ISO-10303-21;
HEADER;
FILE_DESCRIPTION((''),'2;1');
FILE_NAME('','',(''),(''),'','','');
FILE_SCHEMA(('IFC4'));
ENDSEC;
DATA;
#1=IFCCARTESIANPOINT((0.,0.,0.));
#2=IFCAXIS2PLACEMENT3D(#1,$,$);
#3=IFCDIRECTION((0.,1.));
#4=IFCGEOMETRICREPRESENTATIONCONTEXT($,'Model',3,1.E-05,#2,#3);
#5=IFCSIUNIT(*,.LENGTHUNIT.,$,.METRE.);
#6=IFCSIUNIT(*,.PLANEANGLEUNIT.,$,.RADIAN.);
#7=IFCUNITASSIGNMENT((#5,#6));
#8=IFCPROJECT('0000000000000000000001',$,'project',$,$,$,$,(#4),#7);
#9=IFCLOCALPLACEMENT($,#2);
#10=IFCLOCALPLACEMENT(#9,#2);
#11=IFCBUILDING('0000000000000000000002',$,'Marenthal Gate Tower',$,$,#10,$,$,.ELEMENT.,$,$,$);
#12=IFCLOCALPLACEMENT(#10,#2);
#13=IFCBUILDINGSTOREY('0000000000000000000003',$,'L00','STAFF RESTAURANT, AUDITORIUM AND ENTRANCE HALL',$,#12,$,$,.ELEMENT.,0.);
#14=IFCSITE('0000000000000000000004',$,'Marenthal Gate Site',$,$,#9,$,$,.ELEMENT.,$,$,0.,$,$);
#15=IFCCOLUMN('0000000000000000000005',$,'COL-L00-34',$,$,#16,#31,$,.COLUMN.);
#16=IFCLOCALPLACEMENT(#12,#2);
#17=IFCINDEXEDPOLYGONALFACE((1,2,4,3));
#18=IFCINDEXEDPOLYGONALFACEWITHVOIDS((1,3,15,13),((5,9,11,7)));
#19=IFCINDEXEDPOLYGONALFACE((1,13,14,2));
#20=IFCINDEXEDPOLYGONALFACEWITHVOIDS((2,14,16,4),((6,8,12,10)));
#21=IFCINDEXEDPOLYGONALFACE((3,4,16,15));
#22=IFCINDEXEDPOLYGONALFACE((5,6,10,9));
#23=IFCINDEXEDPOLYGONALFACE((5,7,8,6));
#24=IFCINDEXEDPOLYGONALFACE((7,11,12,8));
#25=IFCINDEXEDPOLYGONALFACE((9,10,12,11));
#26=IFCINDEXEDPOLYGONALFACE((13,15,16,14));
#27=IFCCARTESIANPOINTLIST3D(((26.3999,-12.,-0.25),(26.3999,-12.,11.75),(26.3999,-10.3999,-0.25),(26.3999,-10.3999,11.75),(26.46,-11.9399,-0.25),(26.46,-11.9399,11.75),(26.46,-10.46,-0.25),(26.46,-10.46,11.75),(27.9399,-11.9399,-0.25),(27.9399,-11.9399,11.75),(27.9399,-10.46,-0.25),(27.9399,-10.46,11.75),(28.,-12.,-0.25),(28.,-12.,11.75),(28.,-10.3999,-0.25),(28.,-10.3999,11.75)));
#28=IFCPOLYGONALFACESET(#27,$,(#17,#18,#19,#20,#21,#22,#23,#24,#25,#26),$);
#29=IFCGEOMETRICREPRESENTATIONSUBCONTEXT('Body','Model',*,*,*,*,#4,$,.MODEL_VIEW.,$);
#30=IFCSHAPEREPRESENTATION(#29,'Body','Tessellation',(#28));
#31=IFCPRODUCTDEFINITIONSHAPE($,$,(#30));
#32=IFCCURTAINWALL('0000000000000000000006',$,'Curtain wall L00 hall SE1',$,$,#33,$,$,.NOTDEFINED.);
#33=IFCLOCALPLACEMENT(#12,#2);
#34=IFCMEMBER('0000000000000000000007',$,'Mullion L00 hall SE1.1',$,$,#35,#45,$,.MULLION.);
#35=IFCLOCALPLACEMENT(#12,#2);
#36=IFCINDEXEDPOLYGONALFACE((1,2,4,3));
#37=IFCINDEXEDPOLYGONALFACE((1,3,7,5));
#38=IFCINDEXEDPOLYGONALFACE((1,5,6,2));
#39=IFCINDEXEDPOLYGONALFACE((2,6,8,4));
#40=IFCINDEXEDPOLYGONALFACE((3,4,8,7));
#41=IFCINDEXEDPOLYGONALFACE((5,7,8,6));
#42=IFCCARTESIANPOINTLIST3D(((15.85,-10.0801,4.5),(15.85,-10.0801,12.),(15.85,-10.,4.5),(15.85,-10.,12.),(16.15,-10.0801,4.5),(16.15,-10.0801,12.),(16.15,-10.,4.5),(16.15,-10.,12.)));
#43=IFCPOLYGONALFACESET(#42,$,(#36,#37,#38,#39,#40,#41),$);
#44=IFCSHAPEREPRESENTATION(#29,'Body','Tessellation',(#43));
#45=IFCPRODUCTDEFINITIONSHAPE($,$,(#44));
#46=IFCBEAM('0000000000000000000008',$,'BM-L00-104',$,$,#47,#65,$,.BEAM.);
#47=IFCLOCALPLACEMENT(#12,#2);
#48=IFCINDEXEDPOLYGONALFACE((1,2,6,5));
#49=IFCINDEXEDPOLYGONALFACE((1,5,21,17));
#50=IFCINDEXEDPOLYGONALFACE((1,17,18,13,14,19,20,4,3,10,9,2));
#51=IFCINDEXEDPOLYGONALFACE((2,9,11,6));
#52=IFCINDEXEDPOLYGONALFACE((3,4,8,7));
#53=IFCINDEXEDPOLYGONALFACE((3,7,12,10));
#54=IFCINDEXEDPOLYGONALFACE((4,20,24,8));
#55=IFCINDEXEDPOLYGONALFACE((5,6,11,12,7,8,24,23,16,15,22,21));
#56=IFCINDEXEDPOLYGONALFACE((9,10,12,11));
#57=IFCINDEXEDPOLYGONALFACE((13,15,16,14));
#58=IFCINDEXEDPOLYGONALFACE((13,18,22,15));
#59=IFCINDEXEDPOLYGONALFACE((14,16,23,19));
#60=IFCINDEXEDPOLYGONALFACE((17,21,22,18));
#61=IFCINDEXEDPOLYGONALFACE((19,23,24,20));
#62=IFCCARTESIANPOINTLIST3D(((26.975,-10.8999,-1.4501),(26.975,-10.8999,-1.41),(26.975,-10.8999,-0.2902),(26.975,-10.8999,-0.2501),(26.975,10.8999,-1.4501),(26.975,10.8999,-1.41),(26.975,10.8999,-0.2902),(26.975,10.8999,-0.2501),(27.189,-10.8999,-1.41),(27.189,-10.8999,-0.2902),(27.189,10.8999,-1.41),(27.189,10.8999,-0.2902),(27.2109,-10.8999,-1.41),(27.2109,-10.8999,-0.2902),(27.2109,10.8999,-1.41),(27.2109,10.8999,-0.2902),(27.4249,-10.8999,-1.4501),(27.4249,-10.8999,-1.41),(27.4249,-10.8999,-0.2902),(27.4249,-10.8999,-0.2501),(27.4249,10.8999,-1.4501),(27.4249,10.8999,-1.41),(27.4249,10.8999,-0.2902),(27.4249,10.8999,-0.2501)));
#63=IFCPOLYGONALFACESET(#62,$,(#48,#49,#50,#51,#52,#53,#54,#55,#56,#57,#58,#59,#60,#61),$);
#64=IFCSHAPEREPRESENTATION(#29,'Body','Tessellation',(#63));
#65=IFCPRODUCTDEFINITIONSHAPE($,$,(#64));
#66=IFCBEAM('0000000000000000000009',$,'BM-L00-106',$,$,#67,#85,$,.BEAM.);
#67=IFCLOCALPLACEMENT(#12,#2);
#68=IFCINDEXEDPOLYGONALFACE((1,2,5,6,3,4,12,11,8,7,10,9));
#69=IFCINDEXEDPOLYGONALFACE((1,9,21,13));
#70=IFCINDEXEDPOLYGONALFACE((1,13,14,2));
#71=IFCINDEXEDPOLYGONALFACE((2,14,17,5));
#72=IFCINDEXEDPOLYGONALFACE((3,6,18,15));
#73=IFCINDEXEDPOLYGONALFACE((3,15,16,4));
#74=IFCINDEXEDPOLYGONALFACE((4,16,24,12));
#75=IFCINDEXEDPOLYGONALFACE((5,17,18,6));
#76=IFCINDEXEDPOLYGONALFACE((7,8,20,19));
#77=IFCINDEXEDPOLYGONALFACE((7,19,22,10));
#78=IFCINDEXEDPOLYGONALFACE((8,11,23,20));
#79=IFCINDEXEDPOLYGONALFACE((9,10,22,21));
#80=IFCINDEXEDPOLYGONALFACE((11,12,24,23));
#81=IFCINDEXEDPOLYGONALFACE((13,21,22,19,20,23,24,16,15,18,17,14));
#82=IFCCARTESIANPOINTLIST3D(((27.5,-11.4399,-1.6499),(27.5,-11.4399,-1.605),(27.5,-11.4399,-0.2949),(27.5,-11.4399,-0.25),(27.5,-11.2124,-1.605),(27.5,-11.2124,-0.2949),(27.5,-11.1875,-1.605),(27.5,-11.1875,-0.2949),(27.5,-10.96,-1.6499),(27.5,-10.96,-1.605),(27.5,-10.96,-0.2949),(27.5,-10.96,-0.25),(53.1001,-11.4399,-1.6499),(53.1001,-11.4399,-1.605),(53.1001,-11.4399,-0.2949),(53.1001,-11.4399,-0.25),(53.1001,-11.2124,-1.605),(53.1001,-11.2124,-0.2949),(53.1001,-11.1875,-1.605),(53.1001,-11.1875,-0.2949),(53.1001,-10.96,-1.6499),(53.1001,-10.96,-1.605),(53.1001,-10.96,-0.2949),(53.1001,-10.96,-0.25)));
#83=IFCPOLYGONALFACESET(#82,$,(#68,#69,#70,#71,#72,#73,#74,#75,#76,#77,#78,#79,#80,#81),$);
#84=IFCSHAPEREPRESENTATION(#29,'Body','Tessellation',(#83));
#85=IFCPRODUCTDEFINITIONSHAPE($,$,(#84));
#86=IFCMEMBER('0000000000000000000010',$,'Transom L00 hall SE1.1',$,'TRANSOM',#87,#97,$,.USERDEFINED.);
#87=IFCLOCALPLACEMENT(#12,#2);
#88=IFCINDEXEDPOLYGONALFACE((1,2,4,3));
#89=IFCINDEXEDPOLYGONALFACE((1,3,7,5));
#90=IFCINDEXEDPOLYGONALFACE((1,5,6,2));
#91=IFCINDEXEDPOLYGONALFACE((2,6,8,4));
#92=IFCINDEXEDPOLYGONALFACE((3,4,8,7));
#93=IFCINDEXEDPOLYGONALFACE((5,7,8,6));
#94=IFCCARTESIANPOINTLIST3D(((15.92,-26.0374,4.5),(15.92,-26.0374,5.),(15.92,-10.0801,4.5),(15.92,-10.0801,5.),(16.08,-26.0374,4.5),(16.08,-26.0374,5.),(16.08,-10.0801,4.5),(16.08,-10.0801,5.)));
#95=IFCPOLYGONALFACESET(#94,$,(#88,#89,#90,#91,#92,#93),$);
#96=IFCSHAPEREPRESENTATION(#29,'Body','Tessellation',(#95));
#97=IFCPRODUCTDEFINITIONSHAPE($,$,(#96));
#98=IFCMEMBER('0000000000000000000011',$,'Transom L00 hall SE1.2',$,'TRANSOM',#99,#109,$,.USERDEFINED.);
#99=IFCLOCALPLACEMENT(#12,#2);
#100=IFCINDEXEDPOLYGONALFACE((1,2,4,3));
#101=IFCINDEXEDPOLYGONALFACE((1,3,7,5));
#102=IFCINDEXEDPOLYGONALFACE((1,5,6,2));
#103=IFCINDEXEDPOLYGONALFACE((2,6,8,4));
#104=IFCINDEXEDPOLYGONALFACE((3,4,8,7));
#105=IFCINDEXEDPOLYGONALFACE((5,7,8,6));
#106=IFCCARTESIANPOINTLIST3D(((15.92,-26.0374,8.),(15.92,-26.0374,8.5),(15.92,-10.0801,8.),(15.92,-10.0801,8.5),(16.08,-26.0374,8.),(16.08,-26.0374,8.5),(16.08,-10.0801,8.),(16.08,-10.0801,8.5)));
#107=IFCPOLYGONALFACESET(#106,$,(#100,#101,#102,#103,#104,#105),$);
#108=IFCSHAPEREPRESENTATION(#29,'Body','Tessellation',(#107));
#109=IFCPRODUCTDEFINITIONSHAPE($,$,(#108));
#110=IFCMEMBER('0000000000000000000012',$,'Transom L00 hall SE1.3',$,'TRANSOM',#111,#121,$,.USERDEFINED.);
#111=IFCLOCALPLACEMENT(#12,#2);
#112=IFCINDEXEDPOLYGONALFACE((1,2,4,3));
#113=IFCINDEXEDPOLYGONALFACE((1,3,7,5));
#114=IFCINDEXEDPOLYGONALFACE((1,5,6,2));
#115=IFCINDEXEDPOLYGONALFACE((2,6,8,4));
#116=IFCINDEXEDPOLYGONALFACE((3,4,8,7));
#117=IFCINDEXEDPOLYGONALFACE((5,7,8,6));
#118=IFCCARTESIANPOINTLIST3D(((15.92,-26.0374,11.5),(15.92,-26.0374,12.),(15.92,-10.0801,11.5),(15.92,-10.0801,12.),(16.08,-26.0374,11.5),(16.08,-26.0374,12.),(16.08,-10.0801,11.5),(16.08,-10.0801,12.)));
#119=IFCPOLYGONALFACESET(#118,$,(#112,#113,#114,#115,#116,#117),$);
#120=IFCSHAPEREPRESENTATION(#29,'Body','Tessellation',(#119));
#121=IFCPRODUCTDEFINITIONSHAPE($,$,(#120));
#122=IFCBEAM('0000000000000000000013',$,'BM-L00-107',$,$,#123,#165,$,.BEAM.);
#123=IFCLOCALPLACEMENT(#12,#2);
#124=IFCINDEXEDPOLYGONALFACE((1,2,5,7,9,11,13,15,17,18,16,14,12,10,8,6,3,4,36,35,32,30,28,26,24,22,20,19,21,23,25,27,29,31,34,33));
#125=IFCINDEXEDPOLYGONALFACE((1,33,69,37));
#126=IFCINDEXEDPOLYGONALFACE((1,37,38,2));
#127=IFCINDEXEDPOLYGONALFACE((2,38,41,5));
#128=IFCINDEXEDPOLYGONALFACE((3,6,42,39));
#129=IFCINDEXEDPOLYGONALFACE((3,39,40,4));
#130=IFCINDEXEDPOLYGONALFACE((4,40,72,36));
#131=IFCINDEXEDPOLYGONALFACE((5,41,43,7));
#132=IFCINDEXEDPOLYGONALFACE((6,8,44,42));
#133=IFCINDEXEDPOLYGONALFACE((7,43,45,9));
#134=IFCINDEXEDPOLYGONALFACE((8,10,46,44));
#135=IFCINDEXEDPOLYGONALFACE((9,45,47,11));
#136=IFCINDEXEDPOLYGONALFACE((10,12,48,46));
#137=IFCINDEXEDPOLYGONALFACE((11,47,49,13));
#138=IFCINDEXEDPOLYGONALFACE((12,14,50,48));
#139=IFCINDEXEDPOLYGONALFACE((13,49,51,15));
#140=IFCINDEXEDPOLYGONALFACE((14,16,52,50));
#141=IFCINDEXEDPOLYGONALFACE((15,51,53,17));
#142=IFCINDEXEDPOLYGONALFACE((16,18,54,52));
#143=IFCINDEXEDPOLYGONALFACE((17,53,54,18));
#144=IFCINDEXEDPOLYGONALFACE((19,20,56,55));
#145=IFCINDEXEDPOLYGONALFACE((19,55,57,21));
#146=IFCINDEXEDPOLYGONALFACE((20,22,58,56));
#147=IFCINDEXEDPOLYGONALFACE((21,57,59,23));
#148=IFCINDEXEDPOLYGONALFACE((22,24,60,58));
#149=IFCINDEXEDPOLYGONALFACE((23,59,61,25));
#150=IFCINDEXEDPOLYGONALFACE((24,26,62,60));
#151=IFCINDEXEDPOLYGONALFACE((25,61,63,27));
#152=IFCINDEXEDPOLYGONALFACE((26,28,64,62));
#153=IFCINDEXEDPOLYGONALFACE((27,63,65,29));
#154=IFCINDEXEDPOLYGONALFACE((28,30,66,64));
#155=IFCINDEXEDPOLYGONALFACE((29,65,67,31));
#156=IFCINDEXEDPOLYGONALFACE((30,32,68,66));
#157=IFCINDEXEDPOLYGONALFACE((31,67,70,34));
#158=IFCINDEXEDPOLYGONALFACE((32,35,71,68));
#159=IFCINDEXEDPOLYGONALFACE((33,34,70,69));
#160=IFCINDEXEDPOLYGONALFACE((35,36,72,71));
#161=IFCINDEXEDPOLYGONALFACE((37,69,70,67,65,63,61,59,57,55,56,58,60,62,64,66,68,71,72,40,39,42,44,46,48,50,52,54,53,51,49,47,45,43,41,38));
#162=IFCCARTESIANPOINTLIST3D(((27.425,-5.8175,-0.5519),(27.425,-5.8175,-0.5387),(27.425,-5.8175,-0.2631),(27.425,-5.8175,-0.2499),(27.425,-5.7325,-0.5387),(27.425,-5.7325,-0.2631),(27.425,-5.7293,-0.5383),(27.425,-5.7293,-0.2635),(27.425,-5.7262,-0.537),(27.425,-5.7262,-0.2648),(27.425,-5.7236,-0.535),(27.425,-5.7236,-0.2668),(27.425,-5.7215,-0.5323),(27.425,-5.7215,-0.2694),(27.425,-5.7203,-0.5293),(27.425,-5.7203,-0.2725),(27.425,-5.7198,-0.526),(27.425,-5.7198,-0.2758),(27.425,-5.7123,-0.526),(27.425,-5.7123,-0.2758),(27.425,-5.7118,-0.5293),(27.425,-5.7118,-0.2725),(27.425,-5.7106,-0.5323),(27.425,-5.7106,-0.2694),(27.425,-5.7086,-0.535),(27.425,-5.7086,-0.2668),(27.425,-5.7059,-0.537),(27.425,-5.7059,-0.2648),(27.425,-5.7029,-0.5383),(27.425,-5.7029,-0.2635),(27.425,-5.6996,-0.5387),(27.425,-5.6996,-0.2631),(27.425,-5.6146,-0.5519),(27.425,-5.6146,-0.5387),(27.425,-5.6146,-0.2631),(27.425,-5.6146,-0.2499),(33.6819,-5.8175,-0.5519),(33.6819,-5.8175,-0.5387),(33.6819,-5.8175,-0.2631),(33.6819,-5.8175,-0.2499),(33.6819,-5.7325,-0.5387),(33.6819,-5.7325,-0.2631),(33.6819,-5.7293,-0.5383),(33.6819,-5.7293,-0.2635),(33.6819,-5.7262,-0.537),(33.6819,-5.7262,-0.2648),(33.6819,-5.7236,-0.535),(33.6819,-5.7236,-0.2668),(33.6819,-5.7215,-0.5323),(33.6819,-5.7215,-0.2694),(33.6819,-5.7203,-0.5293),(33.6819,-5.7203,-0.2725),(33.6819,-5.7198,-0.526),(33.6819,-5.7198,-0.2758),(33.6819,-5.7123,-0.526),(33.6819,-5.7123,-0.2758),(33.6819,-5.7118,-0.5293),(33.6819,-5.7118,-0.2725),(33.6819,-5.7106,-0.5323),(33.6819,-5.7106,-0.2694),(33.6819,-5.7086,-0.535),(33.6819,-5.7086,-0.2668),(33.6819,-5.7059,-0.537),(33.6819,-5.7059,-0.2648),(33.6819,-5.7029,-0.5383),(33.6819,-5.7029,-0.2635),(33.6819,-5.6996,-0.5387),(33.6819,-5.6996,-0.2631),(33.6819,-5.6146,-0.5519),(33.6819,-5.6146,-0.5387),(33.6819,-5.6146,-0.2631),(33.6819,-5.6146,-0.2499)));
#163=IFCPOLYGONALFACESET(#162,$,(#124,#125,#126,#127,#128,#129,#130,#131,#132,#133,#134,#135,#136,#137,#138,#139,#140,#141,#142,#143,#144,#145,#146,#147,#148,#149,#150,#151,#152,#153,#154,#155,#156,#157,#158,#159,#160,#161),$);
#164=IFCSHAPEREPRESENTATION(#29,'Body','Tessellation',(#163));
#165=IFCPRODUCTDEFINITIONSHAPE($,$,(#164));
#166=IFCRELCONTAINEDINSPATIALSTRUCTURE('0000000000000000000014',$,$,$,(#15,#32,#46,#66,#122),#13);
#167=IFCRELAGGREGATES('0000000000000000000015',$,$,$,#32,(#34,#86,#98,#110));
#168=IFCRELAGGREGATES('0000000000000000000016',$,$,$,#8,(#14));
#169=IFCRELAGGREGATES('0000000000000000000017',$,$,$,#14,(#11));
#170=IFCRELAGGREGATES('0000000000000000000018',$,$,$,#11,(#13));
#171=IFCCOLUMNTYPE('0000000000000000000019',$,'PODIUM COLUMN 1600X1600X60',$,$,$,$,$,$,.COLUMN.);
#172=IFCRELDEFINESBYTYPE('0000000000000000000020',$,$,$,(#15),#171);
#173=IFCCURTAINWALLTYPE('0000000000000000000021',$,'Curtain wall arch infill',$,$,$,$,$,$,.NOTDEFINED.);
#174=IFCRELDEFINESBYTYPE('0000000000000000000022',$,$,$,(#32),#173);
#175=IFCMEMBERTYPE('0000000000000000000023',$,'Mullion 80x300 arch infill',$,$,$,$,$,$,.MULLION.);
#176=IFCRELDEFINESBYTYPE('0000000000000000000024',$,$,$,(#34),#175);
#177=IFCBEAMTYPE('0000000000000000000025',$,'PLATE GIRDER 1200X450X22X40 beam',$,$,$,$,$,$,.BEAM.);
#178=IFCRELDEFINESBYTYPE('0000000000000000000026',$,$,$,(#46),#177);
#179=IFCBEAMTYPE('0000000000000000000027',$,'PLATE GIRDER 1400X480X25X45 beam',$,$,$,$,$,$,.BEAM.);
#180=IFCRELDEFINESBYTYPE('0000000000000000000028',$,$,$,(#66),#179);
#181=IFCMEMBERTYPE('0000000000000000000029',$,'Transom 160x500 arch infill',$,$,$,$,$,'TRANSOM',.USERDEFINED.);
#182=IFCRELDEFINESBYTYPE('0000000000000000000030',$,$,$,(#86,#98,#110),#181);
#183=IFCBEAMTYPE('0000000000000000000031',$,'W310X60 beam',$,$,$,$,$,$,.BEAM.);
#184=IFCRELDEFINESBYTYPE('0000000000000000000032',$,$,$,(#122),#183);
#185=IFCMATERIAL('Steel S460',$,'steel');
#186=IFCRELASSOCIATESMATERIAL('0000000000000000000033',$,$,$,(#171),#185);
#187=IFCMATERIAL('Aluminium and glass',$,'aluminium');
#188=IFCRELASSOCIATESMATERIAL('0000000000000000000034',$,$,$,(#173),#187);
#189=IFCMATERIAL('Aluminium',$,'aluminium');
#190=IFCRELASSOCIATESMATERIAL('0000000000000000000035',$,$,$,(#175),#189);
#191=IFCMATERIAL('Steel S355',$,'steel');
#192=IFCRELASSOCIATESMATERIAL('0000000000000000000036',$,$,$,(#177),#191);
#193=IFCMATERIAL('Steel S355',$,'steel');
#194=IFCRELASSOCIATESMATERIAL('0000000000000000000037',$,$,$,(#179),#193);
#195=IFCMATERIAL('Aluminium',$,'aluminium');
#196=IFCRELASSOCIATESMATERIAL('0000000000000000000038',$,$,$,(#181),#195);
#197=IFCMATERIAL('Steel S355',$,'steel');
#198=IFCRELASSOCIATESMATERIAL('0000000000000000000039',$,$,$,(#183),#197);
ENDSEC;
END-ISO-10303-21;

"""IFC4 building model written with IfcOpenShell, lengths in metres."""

from ifc_helpers import new_model, si_unit, direction, frame, origin, origin_2d, place, context, subcontext, project, spatial, rectangle, hollow_rectangle, i_section, extrude, material, material_profile, profile_set, type_object, element, aggregate, save


model = new_model("IFC4")

# Units and contexts
model_context = context("Model", 3, precision=1e-05, world=origin(), true_north=direction((0.0, 1.0)))
body_context = subcontext(model_context, "Body", "Model", "MODEL_VIEW")
ifc_project = project(units=[si_unit("LENGTHUNIT", "METRE"), si_unit("PLANEANGLEUNIT", "RADIAN")], contexts=[model_context])

# Site, building, storey
site_placement = place(None, origin())
site = spatial("IfcSite", under=ifc_project, at=site_placement, Name="Marenthal Gate Site", CompositionType="ELEMENT", RefElevation=0.0)
building_placement = place(site_placement, origin())
building = spatial("IfcBuilding", under=site, at=building_placement, Name="Marenthal Gate Tower", CompositionType="ELEMENT")
storey_placement = place(building_placement, origin())
storey = spatial("IfcBuildingStorey", under=building, at=storey_placement, Name="L00", Description="STAFF RESTAURANT, AUDITORIUM AND ENTRANCE HALL", CompositionType="ELEMENT", Elevation=0.0)

# Column
ifc_material_1 = material(Name="Steel S460", Category="steel")
ifc_material_profile_1 = material_profile(ifc_material_1, hollow_rectangle(XDim=1.6001, YDim=1.6001, WallThickness=0.0601, at=origin_2d()), Name="CFT BOX 1600X1600X60")
ifc_material_2 = material(Name="Concrete 70 MPa", Category="concrete")
ifc_material_profile_2 = material_profile(ifc_material_2, rectangle(XDim=1.48, YDim=1.48, at=origin_2d()), Name="CFT BOX 1600X1600X60 INFILL")
ifc_profile_set_1 = profile_set([ifc_material_profile_1, ifc_material_profile_2], Name="Steel S460 shell, Concrete 70 MPa infill")
column_type = type_object("IfcColumnType", Name="PODIUM COLUMN 1600X1600X60", PredefinedType="COLUMN", material=ifc_profile_set_1)
column_placement = place(storey_placement, frame((27.2, -11.2, -0.25), z_axis=(0.0, 0.0, 1.0), x_axis=(1.0, 0.0, 0.0)))
element("IfcColumn", 1, at=column_placement, inside=storey, type_object=column_type, Name="COL-L00-34", PredefinedType="COLUMN", context=body_context, shape_type="SweptSolid", body=[
    extrude(hollow_rectangle(XDim=1.6001, YDim=1.6001, WallThickness=0.0601, at=origin_2d()), origin(), (0.0, 0.0, 1.0), 12.0),
])

# Curtain wall, member
ifc_material_3 = material(Name="Aluminium and glass", Category="aluminium")
curtain_wall_type = type_object("IfcCurtainWallType", Name="Curtain wall arch infill", PredefinedType="NOTDEFINED", material=ifc_material_3)
curtain_wall_placement = place(storey_placement, origin())
curtain_wall = element("IfcCurtainWall", 2, at=curtain_wall_placement, inside=storey, type_object=curtain_wall_type, Name="Curtain wall L00 hall SE1", PredefinedType="NOTDEFINED")
ifc_material_4 = material(Name="Aluminium", Category="aluminium")
ifc_material_profile_3 = material_profile(ifc_material_4, rectangle(XDim=0.3, YDim=0.0801, at=origin_2d()), Name="80x300 aluminium mullion")
ifc_profile_set_2 = profile_set([ifc_material_profile_3], Name="Aluminium")
member_type_1 = type_object("IfcMemberType", Name="Mullion 80x300 arch infill", PredefinedType="MULLION", material=ifc_profile_set_2)
member_1_placement = place(storey_placement, frame((16.0, -10.04, 4.5), z_axis=(0.0, 0.0, 1.0), x_axis=(1.0, 0.0, 0.0)))
member_1 = element("IfcMember", 3, at=member_1_placement, type_object=member_type_1, Name="Mullion L00 hall SE1.1", PredefinedType="MULLION", context=body_context, shape_type="SweptSolid", body=[
    extrude(rectangle(XDim=0.3, YDim=0.0801, at=origin_2d()), origin(), (0.0, 0.0, 1.0), 7.5),
])

# Beams
ifc_material_5 = material(Name="Steel S355", Category="steel")
ifc_material_profile_4 = material_profile(ifc_material_5, i_section(OverallWidth=0.45, OverallDepth=1.2, WebThickness=0.022, FlangeThickness=0.04, at=origin_2d()), Name="PLATE GIRDER 1200X450X22X40")
ifc_profile_set_3 = profile_set([ifc_material_profile_4], Name="Steel S355")
beam_type_1 = type_object("IfcBeamType", Name="PLATE GIRDER 1200X450X22X40 beam", PredefinedType="BEAM", material=ifc_profile_set_3)
beam_1_placement = place(storey_placement, frame((27.2, -10.8999, -0.8501), z_axis=(0.0, 1.0, 0.0), x_axis=(-1.0, 0.0, 0.0)))
element("IfcBeam", 4, at=beam_1_placement, inside=storey, type_object=beam_type_1, Name="BM-L00-104", PredefinedType="BEAM", context=body_context, shape_type="SweptSolid", body=[
    extrude(i_section(OverallWidth=0.45, OverallDepth=1.2, WebThickness=0.022, FlangeThickness=0.04, at=origin_2d()), origin(), (0.0, 0.0, 1.0), 21.7998),
])
ifc_material_6 = material(Name="Steel S355", Category="steel")
ifc_material_profile_5 = material_profile(ifc_material_6, i_section(OverallWidth=0.48, OverallDepth=1.3999, WebThickness=0.0249, FlangeThickness=0.0449, at=origin_2d()), Name="PLATE GIRDER 1400X480X25X45")
ifc_profile_set_4 = profile_set([ifc_material_profile_5], Name="Steel S355")
beam_type_2 = type_object("IfcBeamType", Name="PLATE GIRDER 1400X480X25X45 beam", PredefinedType="BEAM", material=ifc_profile_set_4)
beam_2_placement = place(storey_placement, frame((27.5, -11.2, -0.95), z_axis=(1.0, 0.0, 0.0), x_axis=(0.0, 1.0, 0.0)))
element("IfcBeam", 5, at=beam_2_placement, inside=storey, type_object=beam_type_2, Name="BM-L00-106", PredefinedType="BEAM", context=body_context, shape_type="SweptSolid", body=[
    extrude(i_section(OverallWidth=0.48, OverallDepth=1.3999, WebThickness=0.0249, FlangeThickness=0.0449, at=origin_2d()), origin(), (0.0, 0.0, 1.0), 25.6001),
])

# Members
ifc_material_7 = material(Name="Aluminium", Category="aluminium")
ifc_material_profile_6 = material_profile(ifc_material_7, rectangle(XDim=0.1599, YDim=0.5, at=origin_2d()), Name="160x500 aluminium transom")
ifc_profile_set_5 = profile_set([ifc_material_profile_6], Name="Aluminium")
member_type_2 = type_object("IfcMemberType", Name="Transom 160x500 arch infill", ElementType="TRANSOM", PredefinedType="USERDEFINED", material=ifc_profile_set_5)
member_2_placement = place(storey_placement, frame((16.0, -10.0801, 4.75), z_axis=(0.0, -1.0, 0.0), x_axis=(1.0, 0.0, 0.0)))
member_2 = element("IfcMember", 6, at=member_2_placement, type_object=member_type_2, Name="Transom L00 hall SE1.1", ObjectType="TRANSOM", PredefinedType="USERDEFINED", context=body_context, shape_type="SweptSolid", body=[
    extrude(rectangle(XDim=0.1599, YDim=0.5, at=origin_2d()), origin(), (0.0, 0.0, 1.0), 15.9573),
])
member_3_placement = place(storey_placement, frame((16.0, -10.0801, 8.25), z_axis=(0.0, -1.0, 0.0), x_axis=(1.0, 0.0, 0.0)))
member_3 = element("IfcMember", 7, at=member_3_placement, type_object=member_type_2, Name="Transom L00 hall SE1.2", ObjectType="TRANSOM", PredefinedType="USERDEFINED", context=body_context, shape_type="SweptSolid", body=[
    extrude(rectangle(XDim=0.1599, YDim=0.5, at=origin_2d()), origin(), (0.0, 0.0, 1.0), 15.9573),
])
member_4_placement = place(storey_placement, frame((16.0, -10.0801, 11.75), z_axis=(0.0, -1.0, 0.0), x_axis=(1.0, 0.0, 0.0)))
member_4 = element("IfcMember", 8, at=member_4_placement, type_object=member_type_2, Name="Transom L00 hall SE1.3", ObjectType="TRANSOM", PredefinedType="USERDEFINED", context=body_context, shape_type="SweptSolid", body=[
    extrude(rectangle(XDim=0.1599, YDim=0.5, at=origin_2d()), origin(), (0.0, 0.0, 1.0), 15.9573),
])
aggregate(curtain_wall, [member_1, member_2, member_3, member_4])

# Beam
ifc_material_8 = material(Name="Steel S355", Category="steel")
ifc_material_profile_7 = material_profile(ifc_material_8, i_section(OverallWidth=0.2029, OverallDepth=0.302, WebThickness=0.0076, FlangeThickness=0.0132, FilletRadius=0.0127, at=origin_2d()), Name="W310X60")
ifc_profile_set_6 = profile_set([ifc_material_profile_7], Name="Steel S355")
beam_type_3 = type_object("IfcBeamType", Name="W310X60 beam", PredefinedType="BEAM", material=ifc_profile_set_6)
beam_3_placement = place(storey_placement, frame((27.425, -5.7161, -0.4009), z_axis=(1.0, 0.0, 0.0), x_axis=(0.0, 1.0, 0.0)))
element("IfcBeam", 9, at=beam_3_placement, inside=storey, type_object=beam_type_3, Name="BM-L00-107", PredefinedType="BEAM", context=body_context, shape_type="SweptSolid", body=[
    extrude(i_section(OverallWidth=0.2029, OverallDepth=0.302, WebThickness=0.0076, FlangeThickness=0.0132, FilletRadius=0.0127, at=origin_2d()), origin(), (0.0, 0.0, 1.0), 6.2568),
])

save(model, "model.ifc")
